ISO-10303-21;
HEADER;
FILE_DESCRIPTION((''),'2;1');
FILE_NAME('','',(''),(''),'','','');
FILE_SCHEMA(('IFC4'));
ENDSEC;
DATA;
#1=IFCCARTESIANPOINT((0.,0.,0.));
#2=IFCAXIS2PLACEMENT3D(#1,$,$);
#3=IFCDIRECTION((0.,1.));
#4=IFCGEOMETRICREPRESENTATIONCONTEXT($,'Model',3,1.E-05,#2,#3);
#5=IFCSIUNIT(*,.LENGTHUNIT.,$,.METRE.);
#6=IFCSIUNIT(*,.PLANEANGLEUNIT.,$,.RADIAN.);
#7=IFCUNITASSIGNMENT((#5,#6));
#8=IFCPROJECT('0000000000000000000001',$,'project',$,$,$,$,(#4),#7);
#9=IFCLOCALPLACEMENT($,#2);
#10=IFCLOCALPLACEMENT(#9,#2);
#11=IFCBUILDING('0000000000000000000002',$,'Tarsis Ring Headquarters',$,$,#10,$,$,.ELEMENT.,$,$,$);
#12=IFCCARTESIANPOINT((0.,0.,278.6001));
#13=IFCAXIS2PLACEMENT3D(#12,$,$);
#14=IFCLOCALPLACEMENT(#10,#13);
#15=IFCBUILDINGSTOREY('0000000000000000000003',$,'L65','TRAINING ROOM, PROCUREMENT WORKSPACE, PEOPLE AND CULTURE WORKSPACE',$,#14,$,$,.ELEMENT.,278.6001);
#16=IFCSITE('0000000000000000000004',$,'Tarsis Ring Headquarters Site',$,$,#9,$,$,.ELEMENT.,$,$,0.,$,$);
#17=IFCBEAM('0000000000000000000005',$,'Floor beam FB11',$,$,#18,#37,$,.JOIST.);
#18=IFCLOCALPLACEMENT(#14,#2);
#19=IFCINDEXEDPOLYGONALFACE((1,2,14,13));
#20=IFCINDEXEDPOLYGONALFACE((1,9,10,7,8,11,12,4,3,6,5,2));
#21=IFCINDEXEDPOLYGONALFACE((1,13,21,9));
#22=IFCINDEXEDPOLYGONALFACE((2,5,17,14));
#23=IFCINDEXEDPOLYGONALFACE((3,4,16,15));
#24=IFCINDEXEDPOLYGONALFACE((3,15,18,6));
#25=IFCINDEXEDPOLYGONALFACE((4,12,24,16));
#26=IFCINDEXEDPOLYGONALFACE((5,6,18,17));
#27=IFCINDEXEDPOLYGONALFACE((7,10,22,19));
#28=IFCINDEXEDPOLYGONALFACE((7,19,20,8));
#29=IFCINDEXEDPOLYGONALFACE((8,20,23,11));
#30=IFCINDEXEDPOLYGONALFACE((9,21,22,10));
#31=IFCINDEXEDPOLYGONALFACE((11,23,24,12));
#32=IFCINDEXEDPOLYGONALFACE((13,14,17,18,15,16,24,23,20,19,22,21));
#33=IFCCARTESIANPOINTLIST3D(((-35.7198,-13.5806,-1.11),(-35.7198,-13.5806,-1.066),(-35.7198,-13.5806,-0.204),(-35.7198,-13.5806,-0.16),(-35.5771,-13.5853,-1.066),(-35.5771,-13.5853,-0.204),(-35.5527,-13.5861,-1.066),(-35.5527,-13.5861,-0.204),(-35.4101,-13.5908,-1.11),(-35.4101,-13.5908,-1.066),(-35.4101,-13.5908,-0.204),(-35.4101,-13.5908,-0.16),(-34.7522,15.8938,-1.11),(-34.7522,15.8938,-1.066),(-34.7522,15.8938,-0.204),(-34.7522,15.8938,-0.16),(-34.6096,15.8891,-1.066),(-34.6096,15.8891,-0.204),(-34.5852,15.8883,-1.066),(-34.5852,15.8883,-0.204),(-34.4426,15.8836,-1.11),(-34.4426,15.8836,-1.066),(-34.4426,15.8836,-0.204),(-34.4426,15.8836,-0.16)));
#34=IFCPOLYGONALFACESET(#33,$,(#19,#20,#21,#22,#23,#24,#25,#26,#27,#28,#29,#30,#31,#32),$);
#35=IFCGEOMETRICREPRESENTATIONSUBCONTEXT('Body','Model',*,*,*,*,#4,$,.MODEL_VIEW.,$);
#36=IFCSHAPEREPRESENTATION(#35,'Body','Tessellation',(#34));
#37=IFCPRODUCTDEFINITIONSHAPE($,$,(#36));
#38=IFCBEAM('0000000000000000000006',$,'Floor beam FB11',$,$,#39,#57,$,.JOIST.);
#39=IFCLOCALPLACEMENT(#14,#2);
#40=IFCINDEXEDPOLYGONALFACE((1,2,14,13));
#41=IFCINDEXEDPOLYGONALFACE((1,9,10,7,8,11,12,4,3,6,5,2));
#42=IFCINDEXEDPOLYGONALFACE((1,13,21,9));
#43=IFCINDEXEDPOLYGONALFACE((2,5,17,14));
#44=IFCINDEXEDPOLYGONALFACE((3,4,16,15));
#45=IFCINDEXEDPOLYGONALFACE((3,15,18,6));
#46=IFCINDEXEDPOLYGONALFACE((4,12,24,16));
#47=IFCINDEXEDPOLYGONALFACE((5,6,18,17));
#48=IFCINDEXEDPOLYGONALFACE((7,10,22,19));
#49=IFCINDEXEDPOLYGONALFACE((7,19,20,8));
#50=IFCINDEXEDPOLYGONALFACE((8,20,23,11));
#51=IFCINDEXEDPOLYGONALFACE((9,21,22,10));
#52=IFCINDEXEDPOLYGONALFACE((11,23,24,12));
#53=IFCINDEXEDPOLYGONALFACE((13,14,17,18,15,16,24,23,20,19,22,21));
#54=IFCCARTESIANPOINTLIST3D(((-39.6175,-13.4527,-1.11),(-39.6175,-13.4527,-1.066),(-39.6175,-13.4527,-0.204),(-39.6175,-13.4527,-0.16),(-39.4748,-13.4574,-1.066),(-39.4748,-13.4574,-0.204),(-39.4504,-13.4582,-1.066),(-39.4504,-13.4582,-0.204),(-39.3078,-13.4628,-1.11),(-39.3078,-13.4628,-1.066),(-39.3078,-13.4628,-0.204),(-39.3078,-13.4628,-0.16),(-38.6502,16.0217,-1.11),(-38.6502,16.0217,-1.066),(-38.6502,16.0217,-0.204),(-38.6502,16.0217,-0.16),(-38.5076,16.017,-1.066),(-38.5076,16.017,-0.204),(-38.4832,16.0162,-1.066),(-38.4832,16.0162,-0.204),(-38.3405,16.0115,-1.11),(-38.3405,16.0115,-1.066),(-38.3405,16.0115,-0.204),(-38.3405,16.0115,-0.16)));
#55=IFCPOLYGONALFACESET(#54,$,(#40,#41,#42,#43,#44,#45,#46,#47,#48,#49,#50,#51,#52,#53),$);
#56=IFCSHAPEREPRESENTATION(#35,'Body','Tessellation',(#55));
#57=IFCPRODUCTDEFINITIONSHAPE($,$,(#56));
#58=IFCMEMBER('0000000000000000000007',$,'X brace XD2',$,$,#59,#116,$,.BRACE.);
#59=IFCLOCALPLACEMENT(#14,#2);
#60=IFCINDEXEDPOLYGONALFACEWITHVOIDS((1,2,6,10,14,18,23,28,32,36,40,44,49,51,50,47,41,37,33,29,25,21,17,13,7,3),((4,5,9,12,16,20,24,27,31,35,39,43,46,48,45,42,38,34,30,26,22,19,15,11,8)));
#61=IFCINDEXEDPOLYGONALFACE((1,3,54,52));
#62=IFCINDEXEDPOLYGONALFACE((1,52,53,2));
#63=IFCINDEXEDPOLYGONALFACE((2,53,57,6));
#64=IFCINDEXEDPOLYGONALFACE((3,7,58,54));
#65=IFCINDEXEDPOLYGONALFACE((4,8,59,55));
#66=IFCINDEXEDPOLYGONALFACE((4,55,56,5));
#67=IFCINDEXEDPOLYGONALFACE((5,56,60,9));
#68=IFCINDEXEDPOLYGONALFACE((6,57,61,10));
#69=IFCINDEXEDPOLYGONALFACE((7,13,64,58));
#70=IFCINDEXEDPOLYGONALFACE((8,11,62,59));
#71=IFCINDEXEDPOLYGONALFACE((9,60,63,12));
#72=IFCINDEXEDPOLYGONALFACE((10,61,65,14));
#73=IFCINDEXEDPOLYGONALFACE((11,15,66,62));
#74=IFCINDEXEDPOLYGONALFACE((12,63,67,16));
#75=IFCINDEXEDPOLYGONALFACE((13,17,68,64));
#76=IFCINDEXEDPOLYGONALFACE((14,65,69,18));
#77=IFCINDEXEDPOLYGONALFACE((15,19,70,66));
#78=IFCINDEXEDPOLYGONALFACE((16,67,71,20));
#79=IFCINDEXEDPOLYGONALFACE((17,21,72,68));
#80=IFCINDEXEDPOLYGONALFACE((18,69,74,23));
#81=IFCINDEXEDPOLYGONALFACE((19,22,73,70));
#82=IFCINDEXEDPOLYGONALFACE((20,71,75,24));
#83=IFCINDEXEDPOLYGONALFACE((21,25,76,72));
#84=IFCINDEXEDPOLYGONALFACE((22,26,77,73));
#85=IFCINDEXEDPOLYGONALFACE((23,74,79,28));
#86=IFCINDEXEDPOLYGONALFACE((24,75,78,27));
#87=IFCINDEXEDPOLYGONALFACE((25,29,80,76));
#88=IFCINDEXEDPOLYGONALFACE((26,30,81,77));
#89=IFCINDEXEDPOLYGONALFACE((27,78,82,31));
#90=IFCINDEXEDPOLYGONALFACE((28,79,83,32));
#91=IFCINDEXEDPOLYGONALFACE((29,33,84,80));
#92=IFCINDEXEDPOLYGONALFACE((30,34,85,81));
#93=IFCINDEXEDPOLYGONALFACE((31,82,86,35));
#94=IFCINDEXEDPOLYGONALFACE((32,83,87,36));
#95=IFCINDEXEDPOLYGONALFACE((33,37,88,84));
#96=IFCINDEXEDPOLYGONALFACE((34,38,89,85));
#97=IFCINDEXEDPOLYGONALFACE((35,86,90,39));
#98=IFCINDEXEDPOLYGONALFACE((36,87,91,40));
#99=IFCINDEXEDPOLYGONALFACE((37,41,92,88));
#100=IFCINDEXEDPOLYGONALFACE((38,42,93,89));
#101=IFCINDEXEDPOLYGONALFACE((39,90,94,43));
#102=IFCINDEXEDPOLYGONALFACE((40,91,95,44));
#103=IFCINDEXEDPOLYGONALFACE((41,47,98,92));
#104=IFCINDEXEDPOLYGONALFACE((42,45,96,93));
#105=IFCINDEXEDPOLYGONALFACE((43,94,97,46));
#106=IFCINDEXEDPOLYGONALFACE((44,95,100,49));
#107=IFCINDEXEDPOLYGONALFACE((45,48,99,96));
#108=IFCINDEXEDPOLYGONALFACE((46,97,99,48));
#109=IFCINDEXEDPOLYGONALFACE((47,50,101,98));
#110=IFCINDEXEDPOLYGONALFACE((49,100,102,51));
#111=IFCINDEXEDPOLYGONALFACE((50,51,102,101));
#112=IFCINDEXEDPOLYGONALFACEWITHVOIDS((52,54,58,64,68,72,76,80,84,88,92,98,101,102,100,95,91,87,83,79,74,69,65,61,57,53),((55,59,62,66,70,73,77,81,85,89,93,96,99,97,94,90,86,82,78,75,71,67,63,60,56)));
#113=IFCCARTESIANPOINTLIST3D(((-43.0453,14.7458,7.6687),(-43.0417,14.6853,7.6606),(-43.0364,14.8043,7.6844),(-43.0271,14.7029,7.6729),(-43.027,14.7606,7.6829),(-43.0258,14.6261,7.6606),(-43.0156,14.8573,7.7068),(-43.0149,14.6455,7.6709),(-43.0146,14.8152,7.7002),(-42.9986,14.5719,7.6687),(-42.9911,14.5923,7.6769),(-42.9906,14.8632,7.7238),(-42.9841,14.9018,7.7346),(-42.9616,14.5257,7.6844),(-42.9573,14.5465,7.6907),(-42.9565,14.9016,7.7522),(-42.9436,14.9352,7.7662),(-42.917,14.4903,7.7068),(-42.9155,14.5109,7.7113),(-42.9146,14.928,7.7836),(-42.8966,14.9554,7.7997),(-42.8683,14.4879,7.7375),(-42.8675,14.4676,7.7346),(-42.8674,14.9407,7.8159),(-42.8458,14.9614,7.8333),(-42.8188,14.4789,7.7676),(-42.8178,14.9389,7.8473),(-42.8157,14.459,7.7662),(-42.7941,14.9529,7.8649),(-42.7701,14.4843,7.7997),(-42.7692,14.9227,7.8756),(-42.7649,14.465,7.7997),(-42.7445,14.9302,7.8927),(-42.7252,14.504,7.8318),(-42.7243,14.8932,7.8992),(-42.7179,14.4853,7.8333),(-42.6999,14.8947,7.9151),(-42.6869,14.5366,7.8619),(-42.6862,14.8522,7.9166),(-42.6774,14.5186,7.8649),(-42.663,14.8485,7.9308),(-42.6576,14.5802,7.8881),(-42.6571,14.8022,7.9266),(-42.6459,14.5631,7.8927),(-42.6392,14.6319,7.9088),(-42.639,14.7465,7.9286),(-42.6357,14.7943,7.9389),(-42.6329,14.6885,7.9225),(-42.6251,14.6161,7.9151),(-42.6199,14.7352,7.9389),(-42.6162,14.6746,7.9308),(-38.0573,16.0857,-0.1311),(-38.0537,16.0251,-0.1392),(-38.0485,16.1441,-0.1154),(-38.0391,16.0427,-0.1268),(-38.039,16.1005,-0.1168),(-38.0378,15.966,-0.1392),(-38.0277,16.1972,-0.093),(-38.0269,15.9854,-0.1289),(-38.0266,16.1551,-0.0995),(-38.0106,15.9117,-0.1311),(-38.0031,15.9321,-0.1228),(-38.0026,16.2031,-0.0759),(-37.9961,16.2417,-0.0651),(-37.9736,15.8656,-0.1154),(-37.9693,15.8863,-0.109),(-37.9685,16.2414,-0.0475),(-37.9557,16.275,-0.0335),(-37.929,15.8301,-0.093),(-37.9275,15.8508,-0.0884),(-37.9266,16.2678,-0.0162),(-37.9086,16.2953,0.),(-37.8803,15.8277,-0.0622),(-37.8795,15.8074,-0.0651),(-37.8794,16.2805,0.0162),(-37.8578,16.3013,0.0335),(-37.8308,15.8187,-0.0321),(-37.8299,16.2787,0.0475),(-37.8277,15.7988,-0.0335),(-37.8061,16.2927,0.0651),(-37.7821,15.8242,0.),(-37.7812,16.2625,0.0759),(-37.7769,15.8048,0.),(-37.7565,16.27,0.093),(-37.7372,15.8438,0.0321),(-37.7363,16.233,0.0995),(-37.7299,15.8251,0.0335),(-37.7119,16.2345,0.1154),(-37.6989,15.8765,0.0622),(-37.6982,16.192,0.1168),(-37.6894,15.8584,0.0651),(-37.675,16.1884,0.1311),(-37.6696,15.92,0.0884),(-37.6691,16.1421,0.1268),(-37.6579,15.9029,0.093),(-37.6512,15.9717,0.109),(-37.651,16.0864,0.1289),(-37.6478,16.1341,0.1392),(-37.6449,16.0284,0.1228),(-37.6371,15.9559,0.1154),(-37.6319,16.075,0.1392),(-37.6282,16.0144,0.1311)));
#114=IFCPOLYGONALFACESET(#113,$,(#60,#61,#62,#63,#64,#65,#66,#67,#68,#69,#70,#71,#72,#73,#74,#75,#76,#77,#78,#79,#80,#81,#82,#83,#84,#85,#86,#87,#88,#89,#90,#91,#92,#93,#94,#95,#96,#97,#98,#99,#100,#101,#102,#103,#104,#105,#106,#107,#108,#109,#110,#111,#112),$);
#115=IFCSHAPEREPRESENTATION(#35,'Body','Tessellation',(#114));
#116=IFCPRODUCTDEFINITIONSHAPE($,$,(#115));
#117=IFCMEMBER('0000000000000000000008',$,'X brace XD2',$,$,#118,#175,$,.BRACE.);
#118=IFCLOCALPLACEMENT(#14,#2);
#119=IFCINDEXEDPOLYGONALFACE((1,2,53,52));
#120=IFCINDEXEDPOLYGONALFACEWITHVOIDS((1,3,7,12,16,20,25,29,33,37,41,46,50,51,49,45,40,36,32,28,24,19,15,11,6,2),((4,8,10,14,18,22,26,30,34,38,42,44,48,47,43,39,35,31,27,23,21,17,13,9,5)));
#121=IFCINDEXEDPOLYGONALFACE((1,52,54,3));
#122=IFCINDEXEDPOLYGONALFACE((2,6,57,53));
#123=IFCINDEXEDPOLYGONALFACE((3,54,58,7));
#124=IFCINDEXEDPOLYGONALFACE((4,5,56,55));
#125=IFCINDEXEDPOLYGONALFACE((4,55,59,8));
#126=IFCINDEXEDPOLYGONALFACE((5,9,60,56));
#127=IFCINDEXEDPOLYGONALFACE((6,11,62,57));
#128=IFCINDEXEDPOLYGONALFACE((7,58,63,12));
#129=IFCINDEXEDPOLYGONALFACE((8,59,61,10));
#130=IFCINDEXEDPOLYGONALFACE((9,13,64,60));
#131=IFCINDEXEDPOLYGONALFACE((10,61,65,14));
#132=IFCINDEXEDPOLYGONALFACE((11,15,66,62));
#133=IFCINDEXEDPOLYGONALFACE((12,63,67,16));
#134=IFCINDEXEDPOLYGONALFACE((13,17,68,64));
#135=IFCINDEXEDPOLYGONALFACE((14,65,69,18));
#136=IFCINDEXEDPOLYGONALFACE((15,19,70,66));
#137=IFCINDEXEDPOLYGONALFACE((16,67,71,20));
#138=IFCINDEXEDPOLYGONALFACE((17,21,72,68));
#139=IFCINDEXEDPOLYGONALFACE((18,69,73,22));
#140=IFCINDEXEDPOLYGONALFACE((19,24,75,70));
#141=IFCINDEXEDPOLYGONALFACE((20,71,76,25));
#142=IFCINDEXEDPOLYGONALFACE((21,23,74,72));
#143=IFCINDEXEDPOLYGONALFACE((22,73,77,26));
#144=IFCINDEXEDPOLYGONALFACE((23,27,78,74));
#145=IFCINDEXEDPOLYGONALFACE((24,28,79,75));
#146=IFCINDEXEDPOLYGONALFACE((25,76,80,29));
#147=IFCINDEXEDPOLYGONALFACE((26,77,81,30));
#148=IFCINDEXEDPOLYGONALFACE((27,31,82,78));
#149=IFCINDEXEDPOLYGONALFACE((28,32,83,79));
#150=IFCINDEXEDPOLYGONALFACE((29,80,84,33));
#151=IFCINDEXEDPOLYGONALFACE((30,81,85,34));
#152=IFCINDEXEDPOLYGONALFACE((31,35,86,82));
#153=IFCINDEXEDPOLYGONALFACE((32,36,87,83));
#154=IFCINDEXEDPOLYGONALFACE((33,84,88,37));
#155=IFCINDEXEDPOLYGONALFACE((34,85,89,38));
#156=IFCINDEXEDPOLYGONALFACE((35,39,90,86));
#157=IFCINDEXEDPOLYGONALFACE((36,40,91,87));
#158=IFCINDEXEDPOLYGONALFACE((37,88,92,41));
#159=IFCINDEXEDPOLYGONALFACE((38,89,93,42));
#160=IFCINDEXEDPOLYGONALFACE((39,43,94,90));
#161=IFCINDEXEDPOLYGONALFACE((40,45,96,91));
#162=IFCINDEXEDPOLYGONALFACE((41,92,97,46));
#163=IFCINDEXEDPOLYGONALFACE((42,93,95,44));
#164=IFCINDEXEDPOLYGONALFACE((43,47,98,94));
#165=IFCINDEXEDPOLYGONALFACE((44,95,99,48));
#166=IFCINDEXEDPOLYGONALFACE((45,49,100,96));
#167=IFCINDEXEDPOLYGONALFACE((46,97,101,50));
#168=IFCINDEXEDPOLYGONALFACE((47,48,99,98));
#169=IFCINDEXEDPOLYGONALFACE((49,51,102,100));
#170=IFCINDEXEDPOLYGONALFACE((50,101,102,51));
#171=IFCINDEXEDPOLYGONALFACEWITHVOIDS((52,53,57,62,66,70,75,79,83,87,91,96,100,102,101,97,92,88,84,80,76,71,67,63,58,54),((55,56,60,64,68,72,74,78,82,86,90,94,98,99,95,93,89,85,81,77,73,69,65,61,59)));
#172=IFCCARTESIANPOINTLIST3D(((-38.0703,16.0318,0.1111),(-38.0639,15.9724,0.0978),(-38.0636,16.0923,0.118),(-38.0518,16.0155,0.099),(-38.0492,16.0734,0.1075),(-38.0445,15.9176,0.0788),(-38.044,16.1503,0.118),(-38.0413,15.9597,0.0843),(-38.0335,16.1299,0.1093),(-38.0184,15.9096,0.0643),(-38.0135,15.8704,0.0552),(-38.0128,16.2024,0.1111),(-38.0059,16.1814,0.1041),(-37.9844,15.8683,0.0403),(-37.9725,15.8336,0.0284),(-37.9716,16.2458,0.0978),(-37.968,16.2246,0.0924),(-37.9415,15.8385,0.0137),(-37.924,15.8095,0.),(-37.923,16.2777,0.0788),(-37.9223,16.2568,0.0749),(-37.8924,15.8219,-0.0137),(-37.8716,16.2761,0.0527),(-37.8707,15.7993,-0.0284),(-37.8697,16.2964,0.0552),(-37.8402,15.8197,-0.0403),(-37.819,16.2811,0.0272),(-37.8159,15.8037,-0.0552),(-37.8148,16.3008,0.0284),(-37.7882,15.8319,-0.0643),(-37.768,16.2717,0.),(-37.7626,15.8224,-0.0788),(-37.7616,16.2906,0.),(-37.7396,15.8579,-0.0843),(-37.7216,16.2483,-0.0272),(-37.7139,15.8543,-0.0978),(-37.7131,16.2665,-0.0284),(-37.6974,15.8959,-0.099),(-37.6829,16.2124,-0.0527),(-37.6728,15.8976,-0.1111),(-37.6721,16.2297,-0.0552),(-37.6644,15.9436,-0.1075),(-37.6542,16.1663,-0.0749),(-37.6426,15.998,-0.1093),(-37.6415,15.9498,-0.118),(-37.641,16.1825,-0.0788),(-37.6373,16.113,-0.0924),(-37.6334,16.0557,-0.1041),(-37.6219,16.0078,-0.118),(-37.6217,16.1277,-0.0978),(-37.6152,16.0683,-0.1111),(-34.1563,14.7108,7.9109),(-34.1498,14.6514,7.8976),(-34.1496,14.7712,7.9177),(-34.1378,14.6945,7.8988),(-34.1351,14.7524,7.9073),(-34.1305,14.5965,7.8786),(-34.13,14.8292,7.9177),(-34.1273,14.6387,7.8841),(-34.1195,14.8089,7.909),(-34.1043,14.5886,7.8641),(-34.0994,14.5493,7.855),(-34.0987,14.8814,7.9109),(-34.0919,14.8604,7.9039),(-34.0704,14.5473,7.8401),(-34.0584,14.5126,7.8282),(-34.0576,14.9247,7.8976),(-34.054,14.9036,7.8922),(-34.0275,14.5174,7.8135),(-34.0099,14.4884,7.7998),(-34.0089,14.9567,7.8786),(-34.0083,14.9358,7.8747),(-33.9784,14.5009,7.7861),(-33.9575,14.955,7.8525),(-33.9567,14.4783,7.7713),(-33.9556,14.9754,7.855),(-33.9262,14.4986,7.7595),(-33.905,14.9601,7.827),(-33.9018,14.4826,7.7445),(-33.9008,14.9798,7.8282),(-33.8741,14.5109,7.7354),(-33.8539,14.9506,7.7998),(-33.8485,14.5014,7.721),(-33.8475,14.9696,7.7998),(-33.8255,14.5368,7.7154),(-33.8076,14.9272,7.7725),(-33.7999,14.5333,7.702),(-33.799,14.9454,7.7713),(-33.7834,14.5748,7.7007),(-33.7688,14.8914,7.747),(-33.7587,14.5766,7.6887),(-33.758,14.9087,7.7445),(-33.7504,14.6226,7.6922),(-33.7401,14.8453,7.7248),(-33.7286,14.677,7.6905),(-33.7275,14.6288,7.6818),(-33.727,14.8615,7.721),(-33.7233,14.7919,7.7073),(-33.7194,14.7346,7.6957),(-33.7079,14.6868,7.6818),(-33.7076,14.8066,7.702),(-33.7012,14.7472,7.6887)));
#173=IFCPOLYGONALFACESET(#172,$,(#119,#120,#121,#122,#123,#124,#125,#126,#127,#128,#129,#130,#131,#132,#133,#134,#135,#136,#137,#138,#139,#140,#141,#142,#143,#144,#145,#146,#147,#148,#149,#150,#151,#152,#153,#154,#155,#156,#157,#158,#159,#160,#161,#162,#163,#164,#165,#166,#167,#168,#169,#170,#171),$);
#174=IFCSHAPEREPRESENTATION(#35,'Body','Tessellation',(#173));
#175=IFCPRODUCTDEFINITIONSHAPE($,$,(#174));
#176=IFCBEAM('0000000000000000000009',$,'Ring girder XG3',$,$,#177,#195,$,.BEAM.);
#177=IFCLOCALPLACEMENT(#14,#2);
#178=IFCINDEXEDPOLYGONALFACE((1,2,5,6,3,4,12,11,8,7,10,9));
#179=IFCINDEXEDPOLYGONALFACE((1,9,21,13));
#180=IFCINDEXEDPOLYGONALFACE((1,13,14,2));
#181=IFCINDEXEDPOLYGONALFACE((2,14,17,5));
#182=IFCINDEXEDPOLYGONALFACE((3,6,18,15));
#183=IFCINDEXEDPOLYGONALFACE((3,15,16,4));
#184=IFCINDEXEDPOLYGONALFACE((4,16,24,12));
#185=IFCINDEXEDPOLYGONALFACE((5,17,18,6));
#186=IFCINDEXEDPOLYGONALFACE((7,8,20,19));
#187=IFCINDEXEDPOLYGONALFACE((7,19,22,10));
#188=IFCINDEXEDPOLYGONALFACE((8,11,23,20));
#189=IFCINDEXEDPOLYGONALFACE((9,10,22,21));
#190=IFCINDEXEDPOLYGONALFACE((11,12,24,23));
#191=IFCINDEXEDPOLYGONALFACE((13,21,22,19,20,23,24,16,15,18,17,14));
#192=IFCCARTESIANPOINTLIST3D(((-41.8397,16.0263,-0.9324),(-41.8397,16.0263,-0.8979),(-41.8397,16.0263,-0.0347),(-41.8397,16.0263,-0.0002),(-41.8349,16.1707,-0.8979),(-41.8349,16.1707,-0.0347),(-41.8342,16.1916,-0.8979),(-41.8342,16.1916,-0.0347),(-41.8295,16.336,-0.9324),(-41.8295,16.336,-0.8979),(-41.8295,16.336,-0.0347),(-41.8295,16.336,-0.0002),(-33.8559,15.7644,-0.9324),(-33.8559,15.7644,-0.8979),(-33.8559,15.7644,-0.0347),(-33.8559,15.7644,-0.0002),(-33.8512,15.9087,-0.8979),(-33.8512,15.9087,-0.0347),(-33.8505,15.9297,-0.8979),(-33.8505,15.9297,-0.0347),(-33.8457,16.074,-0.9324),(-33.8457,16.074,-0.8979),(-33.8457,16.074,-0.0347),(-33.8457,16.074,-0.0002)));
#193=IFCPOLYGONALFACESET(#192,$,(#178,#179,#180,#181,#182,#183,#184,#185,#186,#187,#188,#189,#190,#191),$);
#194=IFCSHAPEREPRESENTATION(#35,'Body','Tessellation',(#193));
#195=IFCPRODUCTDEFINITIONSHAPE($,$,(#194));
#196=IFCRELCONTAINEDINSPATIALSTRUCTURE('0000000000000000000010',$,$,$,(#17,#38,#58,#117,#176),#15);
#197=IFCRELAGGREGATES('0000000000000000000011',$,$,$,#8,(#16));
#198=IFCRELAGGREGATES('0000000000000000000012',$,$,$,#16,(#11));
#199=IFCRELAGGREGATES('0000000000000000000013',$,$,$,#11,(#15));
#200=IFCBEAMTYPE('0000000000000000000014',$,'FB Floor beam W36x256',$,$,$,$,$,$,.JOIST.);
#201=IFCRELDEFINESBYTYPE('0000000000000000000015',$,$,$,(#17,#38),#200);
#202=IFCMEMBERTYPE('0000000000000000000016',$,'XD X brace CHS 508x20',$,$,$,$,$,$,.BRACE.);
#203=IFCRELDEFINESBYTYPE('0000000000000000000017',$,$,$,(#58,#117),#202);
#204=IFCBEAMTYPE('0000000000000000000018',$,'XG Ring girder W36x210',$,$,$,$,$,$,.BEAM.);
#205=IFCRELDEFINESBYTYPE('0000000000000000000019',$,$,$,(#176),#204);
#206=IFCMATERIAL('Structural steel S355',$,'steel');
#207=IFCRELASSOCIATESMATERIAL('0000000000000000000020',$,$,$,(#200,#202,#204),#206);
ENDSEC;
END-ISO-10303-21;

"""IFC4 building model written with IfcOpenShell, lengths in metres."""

from ifc_helpers import new_model, si_unit, direction, frame, origin, origin_2d, place, context, subcontext, project, spatial, hollow_circle, i_section, extrude, material, material_profile, profile_set, type_object, element, save


model = new_model("IFC4")

# Units and contexts
model_context = context("Model", 3, precision=1e-05, world=origin(), true_north=direction((0.0, 1.0)))
body_context = subcontext(model_context, "Body", "Model", "MODEL_VIEW")
ifc_project = project(units=[si_unit("LENGTHUNIT", "METRE"), si_unit("PLANEANGLEUNIT", "RADIAN")], contexts=[model_context])

# Site, building, storey
site_placement = place(None, origin())
site = spatial("IfcSite", under=ifc_project, at=site_placement, Name="Tarsis Ring Headquarters Site", CompositionType="ELEMENT", RefElevation=0.0)
building_placement = place(site_placement, origin())
building = spatial("IfcBuilding", under=site, at=building_placement, Name="Tarsis Ring Headquarters", CompositionType="ELEMENT")
storey_placement = place(building_placement, frame((0.0, 0.0, 278.6001)))
storey = spatial("IfcBuildingStorey", under=building, at=storey_placement, Name="L65", Description="TRAINING ROOM, PROCUREMENT WORKSPACE, PEOPLE AND CULTURE WORKSPACE", CompositionType="ELEMENT", Elevation=278.6001)

# Shared definitions
ifc_material_1 = material(Name="Structural steel S355", Category="steel")

# Beams
ifc_material_profile_1 = material_profile(ifc_material_1, i_section(OverallWidth=0.3098, OverallDepth=0.95, WebThickness=0.0244, FlangeThickness=0.0439, at=origin_2d()), Name="W36x256")
ifc_profile_set_1 = profile_set([ifc_material_profile_1], Name="Structural steel S355")
beam_type_1 = type_object("IfcBeamType", Name="FB Floor beam W36x256", PredefinedType="JOIST", material=ifc_profile_set_1)
for number, where, z_axis, x_axis, name in (
    (1, (-34.5974, 15.8887, -0.635), (-0.032808, -0.999462, 0.0), (0.999462, -0.032808, 0.0), "Floor beam FB11"),
    (2, (-38.4954, 16.0166, -0.635), (-0.0328, -0.999462, 0.0), (0.999462, -0.0328, 0.0), "Floor beam FB11"),
):
    element("IfcBeam", number, at=place(storey_placement, frame(where, z_axis=z_axis, x_axis=x_axis)), inside=storey, type_object=beam_type_1, Name=name, PredefinedType="JOIST", context=body_context, shape_type="SweptSolid", body=[
        extrude(i_section(OverallWidth=0.3098, OverallDepth=0.95, WebThickness=0.0244, FlangeThickness=0.0439, at=origin_2d()), origin(), (0.0, 0.0, 1.0), 29.4902),
    ])

# Members
ifc_material_profile_2 = material_profile(ifc_material_1, hollow_circle(Radius=0.2539, WallThickness=0.02, at=origin_2d()), Name="CHS 508x20")
ifc_profile_set_2 = profile_set([ifc_material_profile_2], Name="Structural steel S355")
member_type = type_object("IfcMemberType", Name="XD X brace CHS 508x20", PredefinedType="BRACE", material=ifc_profile_set_2)
member_1_placement = place(storey_placement, frame((-37.8428, 16.05, 0.0), z_axis=(-0.533205, -0.143225, 0.833774), x_axis=(0.259416, -0.965766, 0.0)))
element("IfcMember", 3, at=member_1_placement, inside=storey, type_object=member_type, Name="X brace XD2", PredefinedType="BRACE", context=body_context, shape_type="SweptSolid", body=[
    extrude(hollow_circle(Radius=0.2539, WallThickness=0.02, at=origin_2d()), origin(), (0.0, 0.0, 1.0), 9.3547),
])
member_2_placement = place(storey_placement, frame((-37.8428, 16.05, 0.0), z_axis=(0.443459, -0.149673, 0.883709), x_axis=(0.319789, 0.947489, 0.0)))
element("IfcMember", 4, at=member_2_placement, inside=storey, type_object=member_type, Name="X brace XD2", PredefinedType="BRACE", context=body_context, shape_type="SweptSolid", body=[
    extrude(hollow_circle(Radius=0.2539, WallThickness=0.02, at=origin_2d()), origin(), (0.0, 0.0, 1.0), 8.8262),
])

# Beam
ifc_material_profile_3 = material_profile(ifc_material_1, i_section(OverallWidth=0.3098, OverallDepth=0.9321, WebThickness=0.021, FlangeThickness=0.0344, at=origin_2d()), Name="W36x210")
ifc_profile_set_3 = profile_set([ifc_material_profile_3], Name="Structural steel S355")
beam_type_2 = type_object("IfcBeamType", Name="XG Ring girder W36x210", PredefinedType="BEAM", material=ifc_profile_set_3)
beam_1_placement = place(storey_placement, frame((-33.8508, 15.9192, -0.4663), z_axis=(-0.999462, 0.032795, 0.0), x_axis=(-0.032795, -0.999462, 0.0)))
element("IfcBeam", 5, at=beam_1_placement, inside=storey, type_object=beam_type_2, Name="Ring girder XG3", PredefinedType="BEAM", context=body_context, shape_type="SweptSolid", body=[
    extrude(i_section(OverallWidth=0.3098, OverallDepth=0.9321, WebThickness=0.021, FlangeThickness=0.0344, at=origin_2d()), origin(), (0.0, 0.0, 1.0), 7.988),
])

save(model, "model.ifc")
